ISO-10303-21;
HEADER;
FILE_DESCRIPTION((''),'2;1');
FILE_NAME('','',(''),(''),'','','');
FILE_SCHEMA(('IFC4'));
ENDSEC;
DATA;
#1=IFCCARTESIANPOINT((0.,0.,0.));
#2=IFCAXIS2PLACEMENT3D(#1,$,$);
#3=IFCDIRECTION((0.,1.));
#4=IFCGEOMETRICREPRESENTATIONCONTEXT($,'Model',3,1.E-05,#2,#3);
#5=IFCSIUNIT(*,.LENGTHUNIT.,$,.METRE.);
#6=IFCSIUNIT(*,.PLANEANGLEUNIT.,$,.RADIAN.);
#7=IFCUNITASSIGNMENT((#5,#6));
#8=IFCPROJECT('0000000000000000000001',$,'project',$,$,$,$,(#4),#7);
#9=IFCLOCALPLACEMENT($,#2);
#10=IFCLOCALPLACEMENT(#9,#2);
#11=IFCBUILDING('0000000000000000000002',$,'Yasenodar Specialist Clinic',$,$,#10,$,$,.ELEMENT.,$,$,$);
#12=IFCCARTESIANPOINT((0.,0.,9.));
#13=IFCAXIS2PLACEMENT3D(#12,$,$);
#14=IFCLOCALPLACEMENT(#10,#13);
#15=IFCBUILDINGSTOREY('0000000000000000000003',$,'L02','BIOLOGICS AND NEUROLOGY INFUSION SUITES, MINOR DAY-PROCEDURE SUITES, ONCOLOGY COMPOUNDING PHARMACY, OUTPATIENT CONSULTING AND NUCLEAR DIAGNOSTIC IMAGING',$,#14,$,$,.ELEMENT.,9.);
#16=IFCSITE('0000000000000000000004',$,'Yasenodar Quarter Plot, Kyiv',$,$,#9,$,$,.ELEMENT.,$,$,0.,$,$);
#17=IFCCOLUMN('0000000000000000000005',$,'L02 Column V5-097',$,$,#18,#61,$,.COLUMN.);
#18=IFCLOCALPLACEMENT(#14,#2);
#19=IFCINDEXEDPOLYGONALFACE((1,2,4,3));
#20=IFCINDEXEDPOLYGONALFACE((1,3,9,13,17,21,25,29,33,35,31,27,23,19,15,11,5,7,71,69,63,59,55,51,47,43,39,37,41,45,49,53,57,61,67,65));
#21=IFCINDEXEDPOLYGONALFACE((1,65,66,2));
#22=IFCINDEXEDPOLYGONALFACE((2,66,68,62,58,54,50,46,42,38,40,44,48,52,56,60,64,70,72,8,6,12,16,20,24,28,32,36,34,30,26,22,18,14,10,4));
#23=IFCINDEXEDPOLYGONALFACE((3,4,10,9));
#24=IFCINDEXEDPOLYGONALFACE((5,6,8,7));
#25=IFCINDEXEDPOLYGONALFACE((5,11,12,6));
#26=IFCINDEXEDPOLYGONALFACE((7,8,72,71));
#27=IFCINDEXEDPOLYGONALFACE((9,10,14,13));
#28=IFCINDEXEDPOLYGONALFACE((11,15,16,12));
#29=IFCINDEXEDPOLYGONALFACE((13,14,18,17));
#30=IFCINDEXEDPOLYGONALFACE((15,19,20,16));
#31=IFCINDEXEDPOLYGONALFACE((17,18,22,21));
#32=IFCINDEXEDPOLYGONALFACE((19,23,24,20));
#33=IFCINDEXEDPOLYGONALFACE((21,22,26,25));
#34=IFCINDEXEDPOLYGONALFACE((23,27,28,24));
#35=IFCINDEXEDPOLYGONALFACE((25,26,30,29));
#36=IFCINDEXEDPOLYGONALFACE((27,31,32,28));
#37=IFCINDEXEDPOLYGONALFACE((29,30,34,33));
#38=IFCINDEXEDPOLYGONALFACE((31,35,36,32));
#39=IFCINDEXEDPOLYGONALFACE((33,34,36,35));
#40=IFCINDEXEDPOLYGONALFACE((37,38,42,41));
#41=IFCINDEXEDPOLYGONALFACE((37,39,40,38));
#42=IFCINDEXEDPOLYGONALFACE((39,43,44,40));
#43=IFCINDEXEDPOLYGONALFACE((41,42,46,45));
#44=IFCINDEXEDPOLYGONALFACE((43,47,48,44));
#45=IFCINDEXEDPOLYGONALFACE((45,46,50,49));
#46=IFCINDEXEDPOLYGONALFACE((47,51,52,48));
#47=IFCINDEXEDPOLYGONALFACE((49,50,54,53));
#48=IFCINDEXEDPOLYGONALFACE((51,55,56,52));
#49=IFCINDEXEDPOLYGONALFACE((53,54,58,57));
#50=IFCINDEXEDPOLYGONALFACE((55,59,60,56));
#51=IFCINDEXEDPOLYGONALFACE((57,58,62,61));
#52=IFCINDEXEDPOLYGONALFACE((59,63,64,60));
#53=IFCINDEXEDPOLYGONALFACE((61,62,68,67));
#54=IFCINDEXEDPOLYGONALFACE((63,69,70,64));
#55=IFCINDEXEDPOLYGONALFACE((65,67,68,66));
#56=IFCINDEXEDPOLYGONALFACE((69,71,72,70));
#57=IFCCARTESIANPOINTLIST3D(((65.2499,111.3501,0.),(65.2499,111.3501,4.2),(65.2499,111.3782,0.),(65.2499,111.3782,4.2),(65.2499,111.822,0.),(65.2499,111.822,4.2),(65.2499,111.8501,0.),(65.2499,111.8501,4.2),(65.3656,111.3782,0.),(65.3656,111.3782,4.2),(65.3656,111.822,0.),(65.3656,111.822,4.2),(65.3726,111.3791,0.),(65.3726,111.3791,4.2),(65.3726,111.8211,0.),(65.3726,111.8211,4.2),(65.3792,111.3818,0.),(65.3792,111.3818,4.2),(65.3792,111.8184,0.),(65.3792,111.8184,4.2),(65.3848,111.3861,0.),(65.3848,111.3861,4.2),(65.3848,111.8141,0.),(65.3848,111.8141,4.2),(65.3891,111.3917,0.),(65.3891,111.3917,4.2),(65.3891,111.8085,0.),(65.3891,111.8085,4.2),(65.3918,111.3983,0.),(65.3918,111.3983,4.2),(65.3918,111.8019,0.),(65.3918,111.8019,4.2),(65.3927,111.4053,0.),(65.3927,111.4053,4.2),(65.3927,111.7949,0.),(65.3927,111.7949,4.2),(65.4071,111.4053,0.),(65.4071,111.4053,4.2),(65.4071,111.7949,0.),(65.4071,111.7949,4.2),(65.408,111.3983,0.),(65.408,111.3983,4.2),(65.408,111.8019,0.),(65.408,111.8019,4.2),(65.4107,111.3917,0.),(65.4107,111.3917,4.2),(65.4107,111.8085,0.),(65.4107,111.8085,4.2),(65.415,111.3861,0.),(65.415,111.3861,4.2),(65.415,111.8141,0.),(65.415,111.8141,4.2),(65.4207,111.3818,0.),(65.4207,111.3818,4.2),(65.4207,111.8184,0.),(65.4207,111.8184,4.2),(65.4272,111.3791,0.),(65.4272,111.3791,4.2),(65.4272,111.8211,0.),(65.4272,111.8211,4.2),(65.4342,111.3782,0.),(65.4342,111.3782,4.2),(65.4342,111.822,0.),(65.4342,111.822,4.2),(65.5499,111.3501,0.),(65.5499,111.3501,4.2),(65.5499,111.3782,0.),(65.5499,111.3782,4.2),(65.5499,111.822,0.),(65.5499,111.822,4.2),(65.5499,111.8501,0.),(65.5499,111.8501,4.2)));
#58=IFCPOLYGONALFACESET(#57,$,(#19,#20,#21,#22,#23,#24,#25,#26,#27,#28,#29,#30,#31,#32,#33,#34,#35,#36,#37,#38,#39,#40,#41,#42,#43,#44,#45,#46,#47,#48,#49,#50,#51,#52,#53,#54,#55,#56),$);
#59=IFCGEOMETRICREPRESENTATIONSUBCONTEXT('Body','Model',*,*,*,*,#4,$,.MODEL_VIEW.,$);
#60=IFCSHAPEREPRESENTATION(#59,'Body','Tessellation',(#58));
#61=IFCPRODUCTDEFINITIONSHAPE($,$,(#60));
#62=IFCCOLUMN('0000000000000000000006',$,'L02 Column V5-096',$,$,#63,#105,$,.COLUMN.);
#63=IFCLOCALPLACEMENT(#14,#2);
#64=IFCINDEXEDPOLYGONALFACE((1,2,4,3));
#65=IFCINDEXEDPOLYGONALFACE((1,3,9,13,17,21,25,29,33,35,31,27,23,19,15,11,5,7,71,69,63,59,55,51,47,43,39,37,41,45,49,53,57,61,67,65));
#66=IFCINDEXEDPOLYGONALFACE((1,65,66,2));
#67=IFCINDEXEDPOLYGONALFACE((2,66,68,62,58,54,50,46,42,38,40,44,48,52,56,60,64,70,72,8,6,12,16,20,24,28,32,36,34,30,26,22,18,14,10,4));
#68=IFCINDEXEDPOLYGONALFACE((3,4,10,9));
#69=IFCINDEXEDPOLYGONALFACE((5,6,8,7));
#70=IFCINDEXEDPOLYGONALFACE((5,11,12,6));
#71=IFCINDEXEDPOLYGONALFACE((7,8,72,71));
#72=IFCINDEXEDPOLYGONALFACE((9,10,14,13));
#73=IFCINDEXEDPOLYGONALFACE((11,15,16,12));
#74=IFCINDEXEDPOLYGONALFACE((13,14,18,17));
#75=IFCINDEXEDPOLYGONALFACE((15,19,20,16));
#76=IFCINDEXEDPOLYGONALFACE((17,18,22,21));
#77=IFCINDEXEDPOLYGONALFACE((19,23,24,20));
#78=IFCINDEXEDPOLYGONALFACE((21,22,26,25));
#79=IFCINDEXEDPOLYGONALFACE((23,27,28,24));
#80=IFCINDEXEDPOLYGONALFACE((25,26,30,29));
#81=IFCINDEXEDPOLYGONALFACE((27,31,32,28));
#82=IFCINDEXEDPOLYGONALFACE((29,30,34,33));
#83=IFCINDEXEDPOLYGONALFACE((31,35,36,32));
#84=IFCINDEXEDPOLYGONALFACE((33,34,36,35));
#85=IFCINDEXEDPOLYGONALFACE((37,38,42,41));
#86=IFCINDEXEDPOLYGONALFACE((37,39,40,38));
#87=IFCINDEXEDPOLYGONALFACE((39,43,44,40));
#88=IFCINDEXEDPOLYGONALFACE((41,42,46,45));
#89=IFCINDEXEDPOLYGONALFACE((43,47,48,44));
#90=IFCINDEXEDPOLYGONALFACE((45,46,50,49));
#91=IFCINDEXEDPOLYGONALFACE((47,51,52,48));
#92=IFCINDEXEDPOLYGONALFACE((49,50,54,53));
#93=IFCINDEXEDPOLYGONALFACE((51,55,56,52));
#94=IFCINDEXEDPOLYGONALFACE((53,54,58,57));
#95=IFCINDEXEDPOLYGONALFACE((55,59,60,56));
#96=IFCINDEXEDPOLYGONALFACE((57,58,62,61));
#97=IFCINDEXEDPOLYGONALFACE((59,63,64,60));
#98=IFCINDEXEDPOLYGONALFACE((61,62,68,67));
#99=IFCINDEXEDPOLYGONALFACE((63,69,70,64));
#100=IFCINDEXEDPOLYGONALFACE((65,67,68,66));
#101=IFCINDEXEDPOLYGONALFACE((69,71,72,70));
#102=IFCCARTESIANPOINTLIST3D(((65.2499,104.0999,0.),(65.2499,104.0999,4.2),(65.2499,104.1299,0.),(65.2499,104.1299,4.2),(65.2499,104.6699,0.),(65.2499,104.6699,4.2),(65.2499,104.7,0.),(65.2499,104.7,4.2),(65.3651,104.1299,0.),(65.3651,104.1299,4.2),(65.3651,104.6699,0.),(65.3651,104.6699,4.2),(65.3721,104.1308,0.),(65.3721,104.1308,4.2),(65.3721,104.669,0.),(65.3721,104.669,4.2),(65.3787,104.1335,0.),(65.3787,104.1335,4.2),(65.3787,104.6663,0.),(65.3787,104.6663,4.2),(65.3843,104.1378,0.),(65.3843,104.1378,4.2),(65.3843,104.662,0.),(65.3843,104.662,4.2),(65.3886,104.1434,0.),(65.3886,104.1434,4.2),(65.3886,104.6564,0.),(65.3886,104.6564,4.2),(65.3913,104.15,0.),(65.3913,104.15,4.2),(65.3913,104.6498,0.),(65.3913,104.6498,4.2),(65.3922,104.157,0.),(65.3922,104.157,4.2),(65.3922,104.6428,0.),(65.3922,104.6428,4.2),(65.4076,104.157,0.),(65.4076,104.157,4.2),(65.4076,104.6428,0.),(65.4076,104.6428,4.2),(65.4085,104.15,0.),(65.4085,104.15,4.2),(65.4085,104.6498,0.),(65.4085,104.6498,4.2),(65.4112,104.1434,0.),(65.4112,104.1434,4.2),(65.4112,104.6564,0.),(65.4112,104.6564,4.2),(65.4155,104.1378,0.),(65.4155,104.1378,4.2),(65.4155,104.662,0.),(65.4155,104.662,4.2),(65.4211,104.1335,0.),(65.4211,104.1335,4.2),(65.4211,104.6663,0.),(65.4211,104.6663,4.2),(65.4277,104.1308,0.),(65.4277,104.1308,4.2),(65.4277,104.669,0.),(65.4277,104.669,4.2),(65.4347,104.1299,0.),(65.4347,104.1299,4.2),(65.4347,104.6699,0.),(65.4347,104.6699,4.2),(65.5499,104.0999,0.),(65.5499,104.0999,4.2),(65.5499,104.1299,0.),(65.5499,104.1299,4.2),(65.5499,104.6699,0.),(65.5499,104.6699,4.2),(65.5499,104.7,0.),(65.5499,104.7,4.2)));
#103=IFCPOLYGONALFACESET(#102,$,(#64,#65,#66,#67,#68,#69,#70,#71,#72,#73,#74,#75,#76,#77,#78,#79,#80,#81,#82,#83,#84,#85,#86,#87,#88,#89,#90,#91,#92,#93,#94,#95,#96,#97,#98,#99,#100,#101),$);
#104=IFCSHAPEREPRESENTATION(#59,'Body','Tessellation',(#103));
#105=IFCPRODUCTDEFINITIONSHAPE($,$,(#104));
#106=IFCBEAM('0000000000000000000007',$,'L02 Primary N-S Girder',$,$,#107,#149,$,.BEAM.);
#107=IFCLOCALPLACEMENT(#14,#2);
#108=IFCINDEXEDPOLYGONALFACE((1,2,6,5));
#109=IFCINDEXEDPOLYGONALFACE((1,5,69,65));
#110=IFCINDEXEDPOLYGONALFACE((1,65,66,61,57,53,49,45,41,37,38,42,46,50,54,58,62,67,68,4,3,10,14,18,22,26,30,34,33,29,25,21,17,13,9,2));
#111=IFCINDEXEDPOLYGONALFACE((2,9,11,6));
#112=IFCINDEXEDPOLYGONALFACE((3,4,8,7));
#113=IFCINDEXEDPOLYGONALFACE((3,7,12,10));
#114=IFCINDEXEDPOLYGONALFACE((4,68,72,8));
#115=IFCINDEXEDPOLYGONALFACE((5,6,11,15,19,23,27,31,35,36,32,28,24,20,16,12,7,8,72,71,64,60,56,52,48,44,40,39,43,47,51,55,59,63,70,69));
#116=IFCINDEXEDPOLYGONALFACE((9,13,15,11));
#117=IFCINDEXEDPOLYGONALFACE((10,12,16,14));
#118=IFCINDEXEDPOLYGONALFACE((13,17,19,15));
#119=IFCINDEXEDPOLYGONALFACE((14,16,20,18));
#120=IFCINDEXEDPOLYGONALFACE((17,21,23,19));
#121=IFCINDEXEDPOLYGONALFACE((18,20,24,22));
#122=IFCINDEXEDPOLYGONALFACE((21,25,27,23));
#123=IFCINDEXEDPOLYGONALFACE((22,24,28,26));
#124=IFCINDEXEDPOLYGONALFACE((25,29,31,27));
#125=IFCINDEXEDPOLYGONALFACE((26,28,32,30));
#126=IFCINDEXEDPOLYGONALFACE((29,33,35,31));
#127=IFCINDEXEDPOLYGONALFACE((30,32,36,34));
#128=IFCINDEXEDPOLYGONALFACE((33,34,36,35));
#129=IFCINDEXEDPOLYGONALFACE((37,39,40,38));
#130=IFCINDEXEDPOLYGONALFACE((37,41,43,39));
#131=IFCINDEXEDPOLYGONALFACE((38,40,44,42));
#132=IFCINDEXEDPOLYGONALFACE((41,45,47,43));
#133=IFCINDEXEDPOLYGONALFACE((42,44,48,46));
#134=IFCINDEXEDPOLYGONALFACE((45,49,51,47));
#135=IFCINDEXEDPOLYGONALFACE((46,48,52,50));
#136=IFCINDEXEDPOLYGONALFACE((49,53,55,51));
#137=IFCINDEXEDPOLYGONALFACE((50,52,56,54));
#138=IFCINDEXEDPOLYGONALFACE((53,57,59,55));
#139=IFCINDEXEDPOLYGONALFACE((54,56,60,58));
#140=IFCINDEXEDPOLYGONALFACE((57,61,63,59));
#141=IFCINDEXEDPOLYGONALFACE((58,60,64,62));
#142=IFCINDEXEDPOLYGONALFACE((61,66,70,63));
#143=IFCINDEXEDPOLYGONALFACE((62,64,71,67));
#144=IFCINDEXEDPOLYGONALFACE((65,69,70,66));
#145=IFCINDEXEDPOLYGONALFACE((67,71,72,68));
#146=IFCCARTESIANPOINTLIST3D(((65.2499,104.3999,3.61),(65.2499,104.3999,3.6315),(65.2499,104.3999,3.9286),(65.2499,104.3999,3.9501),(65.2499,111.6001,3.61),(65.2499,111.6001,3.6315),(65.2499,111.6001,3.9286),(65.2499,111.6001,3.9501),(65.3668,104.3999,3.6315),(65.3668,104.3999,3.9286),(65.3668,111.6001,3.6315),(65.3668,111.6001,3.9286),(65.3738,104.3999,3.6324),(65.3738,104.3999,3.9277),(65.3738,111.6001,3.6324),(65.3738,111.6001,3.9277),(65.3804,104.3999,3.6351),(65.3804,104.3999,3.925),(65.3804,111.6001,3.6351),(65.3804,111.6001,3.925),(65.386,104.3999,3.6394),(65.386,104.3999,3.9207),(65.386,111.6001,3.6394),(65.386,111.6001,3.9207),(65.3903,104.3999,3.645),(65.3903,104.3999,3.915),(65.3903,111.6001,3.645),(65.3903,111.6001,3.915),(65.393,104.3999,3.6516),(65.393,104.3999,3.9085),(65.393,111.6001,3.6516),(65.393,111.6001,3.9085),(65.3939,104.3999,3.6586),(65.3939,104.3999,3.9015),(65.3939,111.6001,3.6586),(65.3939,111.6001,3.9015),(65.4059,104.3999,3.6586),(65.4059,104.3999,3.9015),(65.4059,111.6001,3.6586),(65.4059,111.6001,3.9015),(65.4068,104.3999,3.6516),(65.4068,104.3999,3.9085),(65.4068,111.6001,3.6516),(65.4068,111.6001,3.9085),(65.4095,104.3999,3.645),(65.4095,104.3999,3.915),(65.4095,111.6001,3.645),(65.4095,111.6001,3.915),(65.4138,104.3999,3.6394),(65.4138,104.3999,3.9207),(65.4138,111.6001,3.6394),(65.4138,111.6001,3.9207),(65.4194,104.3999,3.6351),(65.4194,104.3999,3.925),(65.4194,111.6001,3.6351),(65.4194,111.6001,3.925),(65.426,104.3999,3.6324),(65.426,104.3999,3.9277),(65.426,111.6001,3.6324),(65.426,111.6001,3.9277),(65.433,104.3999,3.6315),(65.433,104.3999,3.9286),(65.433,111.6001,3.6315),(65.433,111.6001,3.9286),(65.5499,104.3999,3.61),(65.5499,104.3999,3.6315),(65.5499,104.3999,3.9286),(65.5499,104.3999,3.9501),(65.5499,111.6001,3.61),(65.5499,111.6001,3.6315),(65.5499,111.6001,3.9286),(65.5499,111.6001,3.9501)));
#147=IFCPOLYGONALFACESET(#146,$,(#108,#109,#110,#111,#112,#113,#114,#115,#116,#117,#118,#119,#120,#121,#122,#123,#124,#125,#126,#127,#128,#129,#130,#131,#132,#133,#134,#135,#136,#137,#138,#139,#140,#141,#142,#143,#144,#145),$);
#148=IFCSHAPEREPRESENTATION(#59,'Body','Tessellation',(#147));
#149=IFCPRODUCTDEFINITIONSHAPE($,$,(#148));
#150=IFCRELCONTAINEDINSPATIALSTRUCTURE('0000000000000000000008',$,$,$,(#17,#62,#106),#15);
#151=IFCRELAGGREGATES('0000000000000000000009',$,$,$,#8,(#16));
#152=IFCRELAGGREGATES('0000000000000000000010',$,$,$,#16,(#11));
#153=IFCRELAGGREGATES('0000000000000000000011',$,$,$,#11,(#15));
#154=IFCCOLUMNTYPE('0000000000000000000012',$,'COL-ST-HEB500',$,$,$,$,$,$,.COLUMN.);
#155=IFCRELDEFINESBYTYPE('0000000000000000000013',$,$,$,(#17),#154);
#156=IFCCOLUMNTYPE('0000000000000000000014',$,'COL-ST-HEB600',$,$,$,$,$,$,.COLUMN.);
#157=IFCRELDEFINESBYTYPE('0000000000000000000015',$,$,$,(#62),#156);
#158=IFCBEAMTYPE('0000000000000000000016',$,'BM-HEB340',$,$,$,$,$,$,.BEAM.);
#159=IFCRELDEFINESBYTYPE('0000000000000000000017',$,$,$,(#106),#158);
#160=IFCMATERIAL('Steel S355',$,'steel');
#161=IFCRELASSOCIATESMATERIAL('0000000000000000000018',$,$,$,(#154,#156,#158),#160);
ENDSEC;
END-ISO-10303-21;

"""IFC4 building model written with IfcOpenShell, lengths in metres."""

from ifc_helpers import new_model, si_unit, direction, frame, origin, origin_2d, place, context, subcontext, project, spatial, i_section, extrude, material, material_profile, profile_set, type_object, element, save


model = new_model("IFC4")

# Units and contexts
model_context = context("Model", 3, precision=1e-05, world=origin(), true_north=direction((0.0, 1.0)))
body_context = subcontext(model_context, "Body", "Model", "MODEL_VIEW")
ifc_project = project(units=[si_unit("LENGTHUNIT", "METRE"), si_unit("PLANEANGLEUNIT", "RADIAN")], contexts=[model_context])

# Site, building, storey
site_placement = place(None, origin())
site = spatial("IfcSite", under=ifc_project, at=site_placement, Name="Yasenodar Quarter Plot, Kyiv", CompositionType="ELEMENT", RefElevation=0.0)
building_placement = place(site_placement, origin())
building = spatial("IfcBuilding", under=site, at=building_placement, Name="Yasenodar Specialist Clinic", CompositionType="ELEMENT")
storey_placement = place(building_placement, frame((0.0, 0.0, 9.0)))
storey = spatial("IfcBuildingStorey", under=building, at=storey_placement, Name="L02", Description="BIOLOGICS AND NEUROLOGY INFUSION SUITES, MINOR DAY-PROCEDURE SUITES, ONCOLOGY COMPOUNDING PHARMACY, OUTPATIENT CONSULTING AND NUCLEAR DIAGNOSTIC IMAGING", CompositionType="ELEMENT", Elevation=9.0)

# Columns
ifc_material_1 = material(Name="Steel S355", Category="steel")
ifc_material_profile_1 = material_profile(ifc_material_1, i_section(OverallWidth=0.3, OverallDepth=0.5, WebThickness=0.0144, FlangeThickness=0.0281, FilletRadius=0.0271, at=origin_2d()), Name="HEB 500")
ifc_profile_set_1 = profile_set([ifc_material_profile_1], Name="Steel S355")
column_type_1 = type_object("IfcColumnType", Name="COL-ST-HEB500", PredefinedType="COLUMN", material=ifc_profile_set_1)
column_1_placement = place(storey_placement, frame((65.3999, 111.6001, 0.0), z_axis=(0.0, 0.0, 1.0), x_axis=(1.0, 0.0, 0.0)))
element("IfcColumn", 1, at=column_1_placement, inside=storey, type_object=column_type_1, Name="L02 Column V5-097", PredefinedType="COLUMN", context=body_context, shape_type="SweptSolid", body=[
    extrude(i_section(OverallWidth=0.3, OverallDepth=0.5, WebThickness=0.0144, FlangeThickness=0.0281, FilletRadius=0.0271, at=origin_2d()), origin(), (0.0, 0.0, 1.0), 4.2),
])
ifc_material_profile_2 = material_profile(ifc_material_1, i_section(OverallWidth=0.3, OverallDepth=0.6001, WebThickness=0.0154, FlangeThickness=0.03, FilletRadius=0.0271, at=origin_2d()), Name="HEB 600")
ifc_profile_set_2 = profile_set([ifc_material_profile_2], Name="Steel S355")
column_type_2 = type_object("IfcColumnType", Name="COL-ST-HEB600", PredefinedType="COLUMN", material=ifc_profile_set_2)
column_2_placement = place(storey_placement, frame((65.3999, 104.3999, 0.0), z_axis=(0.0, 0.0, 1.0), x_axis=(1.0, 0.0, 0.0)))
element("IfcColumn", 2, at=column_2_placement, inside=storey, type_object=column_type_2, Name="L02 Column V5-096", PredefinedType="COLUMN", context=body_context, shape_type="SweptSolid", body=[
    extrude(i_section(OverallWidth=0.3, OverallDepth=0.6001, WebThickness=0.0154, FlangeThickness=0.03, FilletRadius=0.0271, at=origin_2d()), origin(), (0.0, 0.0, 1.0), 4.2),
])

# Beam
ifc_material_profile_3 = material_profile(ifc_material_1, i_section(OverallWidth=0.3, OverallDepth=0.3401, WebThickness=0.012, FlangeThickness=0.0215, FilletRadius=0.0271, at=origin_2d()), Name="HEB 340")
ifc_profile_set_3 = profile_set([ifc_material_profile_3], Name="Steel S355")
beam_type_1 = type_object("IfcBeamType", Name="BM-HEB340", PredefinedType="BEAM", material=ifc_profile_set_3)
beam_1_placement = place(storey_placement, frame((65.3999, 104.3999, 3.78), z_axis=(0.0, 1.0, 0.0), x_axis=(-1.0, 0.0, 0.0)))
element("IfcBeam", 3, at=beam_1_placement, inside=storey, type_object=beam_type_1, Name="L02 Primary N-S Girder", PredefinedType="BEAM", context=body_context, shape_type="SweptSolid", body=[
    extrude(i_section(OverallWidth=0.3, OverallDepth=0.3401, WebThickness=0.012, FlangeThickness=0.0215, FilletRadius=0.0271, at=origin_2d()), origin(), (0.0, 0.0, 1.0), 7.2002),
])

save(model, "model.ifc")
